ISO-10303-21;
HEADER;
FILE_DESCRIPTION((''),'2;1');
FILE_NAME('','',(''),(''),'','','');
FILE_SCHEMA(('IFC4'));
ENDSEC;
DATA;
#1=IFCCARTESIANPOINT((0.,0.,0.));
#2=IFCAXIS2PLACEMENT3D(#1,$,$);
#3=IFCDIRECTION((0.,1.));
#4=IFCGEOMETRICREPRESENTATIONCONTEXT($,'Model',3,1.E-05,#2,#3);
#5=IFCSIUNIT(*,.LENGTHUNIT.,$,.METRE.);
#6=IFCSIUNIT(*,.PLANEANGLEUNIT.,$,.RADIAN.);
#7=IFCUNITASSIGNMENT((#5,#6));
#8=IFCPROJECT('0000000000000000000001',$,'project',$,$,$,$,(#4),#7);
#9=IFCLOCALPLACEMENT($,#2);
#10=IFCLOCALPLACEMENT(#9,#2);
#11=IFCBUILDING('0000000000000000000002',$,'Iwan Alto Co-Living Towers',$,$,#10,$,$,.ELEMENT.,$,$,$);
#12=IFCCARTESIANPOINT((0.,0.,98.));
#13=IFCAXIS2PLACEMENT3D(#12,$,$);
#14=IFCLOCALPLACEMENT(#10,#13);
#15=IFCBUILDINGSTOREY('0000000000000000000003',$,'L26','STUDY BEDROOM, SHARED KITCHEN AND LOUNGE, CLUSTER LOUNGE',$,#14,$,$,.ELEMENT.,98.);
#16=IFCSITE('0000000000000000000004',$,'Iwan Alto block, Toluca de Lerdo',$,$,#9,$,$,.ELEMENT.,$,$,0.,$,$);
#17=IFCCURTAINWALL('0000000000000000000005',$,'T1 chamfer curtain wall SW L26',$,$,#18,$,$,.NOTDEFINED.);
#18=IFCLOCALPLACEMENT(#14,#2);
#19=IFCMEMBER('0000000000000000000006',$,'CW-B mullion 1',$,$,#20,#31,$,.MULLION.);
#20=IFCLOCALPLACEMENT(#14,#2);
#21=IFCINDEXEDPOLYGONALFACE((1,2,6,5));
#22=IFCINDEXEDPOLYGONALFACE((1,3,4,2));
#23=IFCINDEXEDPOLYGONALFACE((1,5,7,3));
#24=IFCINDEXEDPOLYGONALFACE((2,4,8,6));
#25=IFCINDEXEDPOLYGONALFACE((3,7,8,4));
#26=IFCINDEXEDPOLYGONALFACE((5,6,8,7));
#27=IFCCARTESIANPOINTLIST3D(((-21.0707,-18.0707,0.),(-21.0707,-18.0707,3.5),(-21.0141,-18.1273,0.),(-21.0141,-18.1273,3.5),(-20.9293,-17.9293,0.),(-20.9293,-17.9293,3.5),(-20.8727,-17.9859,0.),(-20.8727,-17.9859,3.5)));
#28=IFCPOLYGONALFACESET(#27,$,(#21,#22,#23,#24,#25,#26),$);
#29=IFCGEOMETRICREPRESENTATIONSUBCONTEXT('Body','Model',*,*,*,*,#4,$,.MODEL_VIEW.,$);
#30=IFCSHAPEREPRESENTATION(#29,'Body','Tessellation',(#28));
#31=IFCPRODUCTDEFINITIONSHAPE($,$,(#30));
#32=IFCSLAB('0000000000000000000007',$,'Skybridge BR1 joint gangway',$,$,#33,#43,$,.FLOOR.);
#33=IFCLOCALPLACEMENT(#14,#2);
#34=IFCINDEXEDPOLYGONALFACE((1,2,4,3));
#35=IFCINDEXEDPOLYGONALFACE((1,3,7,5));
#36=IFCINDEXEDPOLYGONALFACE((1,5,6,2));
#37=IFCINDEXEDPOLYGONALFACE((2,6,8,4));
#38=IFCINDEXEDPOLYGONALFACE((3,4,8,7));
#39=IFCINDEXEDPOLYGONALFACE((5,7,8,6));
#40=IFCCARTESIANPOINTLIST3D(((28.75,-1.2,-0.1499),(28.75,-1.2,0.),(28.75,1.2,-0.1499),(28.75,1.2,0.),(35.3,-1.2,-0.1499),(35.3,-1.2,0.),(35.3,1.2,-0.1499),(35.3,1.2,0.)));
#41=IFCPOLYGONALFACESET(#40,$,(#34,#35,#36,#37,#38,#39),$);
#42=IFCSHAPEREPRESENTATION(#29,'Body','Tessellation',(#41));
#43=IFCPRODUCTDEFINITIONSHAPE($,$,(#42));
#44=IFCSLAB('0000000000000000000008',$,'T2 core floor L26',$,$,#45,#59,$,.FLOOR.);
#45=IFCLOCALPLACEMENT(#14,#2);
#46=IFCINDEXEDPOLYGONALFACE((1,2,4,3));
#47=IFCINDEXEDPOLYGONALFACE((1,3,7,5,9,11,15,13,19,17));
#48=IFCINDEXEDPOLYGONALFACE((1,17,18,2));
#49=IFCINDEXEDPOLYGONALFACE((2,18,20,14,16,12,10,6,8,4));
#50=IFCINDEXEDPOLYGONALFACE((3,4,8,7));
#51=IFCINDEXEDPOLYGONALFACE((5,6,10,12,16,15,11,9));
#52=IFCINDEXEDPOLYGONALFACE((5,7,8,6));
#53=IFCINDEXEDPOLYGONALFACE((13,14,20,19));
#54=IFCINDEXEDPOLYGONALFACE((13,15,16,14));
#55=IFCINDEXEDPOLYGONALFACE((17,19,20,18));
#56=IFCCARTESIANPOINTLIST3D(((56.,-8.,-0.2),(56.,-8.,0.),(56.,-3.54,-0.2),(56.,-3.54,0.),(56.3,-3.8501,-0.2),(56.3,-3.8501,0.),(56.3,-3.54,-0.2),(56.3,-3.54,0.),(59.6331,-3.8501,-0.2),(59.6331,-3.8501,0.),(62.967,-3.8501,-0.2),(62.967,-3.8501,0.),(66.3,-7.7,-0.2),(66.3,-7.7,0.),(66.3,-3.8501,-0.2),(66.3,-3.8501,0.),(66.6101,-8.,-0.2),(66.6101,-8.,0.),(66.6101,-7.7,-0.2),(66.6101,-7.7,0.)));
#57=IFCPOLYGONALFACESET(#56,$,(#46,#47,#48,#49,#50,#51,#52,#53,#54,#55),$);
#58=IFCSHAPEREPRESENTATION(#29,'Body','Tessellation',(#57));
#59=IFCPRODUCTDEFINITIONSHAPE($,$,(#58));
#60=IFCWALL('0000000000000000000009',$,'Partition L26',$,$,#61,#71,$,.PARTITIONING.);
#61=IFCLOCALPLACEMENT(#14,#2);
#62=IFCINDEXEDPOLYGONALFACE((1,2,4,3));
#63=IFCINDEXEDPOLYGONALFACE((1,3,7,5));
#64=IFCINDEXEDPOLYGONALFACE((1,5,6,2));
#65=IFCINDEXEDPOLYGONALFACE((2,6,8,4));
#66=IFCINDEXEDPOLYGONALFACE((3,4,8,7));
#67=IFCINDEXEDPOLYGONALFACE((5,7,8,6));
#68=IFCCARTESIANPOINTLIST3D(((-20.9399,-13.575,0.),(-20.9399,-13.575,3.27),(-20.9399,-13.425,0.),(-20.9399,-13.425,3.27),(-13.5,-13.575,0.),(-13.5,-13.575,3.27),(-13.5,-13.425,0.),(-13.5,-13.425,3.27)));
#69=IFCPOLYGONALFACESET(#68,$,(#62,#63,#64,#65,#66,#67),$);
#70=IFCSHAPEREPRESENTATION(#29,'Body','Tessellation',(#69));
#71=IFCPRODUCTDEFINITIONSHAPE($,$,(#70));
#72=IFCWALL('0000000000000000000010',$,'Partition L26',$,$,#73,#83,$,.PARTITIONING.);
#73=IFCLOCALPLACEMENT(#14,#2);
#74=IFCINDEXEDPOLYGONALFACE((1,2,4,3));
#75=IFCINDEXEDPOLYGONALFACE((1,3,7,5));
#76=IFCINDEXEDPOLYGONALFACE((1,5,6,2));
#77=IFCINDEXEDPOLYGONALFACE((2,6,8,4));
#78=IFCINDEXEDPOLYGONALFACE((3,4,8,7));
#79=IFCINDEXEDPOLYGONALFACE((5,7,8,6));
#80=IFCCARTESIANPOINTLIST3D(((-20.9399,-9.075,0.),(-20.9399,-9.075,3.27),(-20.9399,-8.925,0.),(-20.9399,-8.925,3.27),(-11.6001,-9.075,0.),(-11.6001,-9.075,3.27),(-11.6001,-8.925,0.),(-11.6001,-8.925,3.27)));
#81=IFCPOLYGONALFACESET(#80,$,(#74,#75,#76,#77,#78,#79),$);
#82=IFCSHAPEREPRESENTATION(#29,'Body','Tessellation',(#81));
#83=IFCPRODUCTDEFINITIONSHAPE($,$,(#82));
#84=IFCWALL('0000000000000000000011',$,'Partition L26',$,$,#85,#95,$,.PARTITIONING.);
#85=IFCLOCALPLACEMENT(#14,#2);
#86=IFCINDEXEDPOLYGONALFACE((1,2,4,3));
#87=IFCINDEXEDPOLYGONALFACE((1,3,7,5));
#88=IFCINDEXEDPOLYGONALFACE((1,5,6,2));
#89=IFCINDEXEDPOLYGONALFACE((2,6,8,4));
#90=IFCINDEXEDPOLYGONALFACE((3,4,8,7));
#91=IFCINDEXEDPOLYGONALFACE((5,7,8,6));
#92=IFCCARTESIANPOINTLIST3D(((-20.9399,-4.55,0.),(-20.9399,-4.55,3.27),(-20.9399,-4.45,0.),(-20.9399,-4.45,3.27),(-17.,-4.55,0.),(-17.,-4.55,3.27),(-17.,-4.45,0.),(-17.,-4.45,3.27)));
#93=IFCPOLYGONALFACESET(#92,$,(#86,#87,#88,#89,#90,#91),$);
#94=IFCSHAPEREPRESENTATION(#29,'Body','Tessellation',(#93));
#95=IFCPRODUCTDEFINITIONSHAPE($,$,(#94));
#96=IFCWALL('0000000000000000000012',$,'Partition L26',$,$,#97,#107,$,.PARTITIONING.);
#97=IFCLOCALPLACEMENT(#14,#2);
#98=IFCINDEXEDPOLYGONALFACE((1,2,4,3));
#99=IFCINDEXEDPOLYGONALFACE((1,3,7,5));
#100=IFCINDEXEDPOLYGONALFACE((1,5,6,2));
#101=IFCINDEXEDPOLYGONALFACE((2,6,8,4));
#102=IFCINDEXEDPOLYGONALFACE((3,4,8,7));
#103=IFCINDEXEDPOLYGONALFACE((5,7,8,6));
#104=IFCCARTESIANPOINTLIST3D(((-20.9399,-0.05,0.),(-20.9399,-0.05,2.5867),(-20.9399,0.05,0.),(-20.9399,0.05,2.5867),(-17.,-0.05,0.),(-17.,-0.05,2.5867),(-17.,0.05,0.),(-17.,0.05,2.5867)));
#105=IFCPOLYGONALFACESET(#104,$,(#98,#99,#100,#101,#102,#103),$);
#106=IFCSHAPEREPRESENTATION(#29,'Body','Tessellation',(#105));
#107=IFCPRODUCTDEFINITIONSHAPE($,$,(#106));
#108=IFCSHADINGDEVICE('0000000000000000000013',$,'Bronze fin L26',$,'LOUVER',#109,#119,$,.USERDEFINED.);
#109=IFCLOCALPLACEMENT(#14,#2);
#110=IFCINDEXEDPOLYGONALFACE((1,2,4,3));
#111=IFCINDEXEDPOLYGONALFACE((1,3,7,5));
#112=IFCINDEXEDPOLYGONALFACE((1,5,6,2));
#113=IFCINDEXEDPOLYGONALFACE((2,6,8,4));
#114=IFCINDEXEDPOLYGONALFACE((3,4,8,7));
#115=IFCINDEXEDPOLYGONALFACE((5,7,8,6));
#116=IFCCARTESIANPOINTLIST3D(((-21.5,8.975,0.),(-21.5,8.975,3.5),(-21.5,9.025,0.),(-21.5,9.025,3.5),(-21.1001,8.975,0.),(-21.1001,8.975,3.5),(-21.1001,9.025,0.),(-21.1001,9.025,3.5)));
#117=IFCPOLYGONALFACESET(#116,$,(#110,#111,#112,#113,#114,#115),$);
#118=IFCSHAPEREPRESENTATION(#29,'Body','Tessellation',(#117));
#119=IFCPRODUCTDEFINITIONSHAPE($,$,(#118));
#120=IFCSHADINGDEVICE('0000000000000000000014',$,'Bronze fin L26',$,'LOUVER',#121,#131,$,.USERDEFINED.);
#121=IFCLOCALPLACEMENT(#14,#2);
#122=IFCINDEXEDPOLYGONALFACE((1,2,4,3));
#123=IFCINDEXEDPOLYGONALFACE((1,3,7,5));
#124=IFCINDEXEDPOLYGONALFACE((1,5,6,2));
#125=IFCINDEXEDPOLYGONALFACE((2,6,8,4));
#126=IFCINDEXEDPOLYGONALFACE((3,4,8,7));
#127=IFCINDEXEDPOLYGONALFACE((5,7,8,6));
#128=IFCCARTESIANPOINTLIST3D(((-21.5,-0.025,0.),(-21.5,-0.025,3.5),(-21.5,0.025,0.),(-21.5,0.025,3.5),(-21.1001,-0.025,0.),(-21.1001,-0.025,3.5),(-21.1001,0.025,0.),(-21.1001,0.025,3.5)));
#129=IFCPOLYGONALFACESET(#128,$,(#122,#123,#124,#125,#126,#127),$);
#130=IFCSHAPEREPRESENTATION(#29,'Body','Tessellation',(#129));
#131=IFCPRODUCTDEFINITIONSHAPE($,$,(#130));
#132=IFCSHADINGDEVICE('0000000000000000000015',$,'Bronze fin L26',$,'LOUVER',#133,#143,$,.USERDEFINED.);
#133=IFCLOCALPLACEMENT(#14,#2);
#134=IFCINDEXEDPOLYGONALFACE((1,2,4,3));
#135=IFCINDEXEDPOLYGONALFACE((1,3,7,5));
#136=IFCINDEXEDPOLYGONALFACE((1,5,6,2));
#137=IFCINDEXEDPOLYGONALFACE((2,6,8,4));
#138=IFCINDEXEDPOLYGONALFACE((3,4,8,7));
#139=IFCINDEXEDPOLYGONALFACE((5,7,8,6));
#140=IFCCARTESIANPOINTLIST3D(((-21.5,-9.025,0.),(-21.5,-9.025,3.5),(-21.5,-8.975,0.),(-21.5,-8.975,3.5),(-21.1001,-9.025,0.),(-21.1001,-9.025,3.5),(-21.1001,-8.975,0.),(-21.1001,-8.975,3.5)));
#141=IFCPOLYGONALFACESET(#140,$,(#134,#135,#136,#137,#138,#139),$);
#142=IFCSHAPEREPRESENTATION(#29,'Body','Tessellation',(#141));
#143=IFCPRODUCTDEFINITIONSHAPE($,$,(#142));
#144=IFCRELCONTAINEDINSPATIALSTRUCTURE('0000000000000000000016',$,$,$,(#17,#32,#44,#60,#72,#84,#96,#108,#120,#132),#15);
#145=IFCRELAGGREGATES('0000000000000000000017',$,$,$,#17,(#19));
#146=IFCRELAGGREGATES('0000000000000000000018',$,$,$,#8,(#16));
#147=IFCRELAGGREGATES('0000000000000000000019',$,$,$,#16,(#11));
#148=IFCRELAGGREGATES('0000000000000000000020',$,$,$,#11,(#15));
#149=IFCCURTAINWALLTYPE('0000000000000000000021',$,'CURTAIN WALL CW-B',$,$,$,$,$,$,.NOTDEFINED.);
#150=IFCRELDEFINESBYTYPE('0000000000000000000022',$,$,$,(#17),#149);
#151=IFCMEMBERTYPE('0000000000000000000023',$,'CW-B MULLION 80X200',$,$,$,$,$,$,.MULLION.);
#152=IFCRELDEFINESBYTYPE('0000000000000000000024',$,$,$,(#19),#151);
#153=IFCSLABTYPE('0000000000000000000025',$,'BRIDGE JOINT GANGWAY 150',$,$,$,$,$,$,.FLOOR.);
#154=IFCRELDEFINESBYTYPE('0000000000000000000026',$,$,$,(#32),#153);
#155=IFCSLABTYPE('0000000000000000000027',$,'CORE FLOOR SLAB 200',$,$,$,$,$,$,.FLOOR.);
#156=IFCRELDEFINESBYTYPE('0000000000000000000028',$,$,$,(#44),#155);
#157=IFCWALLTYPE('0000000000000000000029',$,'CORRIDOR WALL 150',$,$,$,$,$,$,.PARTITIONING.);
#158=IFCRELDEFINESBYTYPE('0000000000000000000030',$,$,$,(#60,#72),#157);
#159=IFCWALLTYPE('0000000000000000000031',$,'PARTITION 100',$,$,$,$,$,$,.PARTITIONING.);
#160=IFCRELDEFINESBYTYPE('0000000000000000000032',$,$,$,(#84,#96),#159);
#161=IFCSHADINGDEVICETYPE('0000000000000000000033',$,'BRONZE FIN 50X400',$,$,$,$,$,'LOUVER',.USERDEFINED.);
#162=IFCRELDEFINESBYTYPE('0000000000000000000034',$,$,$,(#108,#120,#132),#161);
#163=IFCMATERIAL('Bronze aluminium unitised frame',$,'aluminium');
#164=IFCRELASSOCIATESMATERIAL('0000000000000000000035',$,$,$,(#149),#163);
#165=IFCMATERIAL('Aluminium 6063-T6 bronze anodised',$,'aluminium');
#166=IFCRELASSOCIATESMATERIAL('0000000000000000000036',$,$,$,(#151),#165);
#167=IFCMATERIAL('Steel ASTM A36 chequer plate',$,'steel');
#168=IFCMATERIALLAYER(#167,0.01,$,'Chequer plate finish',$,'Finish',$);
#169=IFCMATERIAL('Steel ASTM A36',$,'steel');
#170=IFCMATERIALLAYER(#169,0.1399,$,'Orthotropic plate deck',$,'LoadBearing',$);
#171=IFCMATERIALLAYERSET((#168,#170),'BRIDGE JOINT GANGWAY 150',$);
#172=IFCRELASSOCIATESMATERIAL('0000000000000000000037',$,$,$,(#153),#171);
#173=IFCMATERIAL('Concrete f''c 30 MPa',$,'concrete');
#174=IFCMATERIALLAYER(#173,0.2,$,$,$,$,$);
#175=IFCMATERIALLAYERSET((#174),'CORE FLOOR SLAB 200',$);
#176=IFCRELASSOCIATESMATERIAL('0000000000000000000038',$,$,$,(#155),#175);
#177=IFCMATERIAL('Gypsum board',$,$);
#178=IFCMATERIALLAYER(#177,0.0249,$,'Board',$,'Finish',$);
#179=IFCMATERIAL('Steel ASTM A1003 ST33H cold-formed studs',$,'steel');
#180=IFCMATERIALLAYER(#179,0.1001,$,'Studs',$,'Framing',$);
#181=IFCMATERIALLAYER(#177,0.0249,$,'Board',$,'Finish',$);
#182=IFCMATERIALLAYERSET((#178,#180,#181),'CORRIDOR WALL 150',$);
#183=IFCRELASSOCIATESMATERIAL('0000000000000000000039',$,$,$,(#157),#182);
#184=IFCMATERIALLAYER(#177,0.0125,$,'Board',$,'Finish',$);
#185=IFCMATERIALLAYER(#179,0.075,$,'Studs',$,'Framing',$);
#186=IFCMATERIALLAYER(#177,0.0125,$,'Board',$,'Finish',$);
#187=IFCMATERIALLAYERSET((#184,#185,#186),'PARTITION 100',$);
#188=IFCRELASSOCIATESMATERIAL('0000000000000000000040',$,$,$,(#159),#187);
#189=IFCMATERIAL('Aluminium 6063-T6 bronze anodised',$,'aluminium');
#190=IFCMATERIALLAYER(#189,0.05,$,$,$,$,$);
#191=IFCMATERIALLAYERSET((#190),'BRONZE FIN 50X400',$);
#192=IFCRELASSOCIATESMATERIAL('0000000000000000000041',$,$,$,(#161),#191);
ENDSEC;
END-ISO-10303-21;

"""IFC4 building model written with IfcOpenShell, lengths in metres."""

from ifc_helpers import new_model, si_unit, direction, frame, frame_2d, origin, origin_2d, place, context, subcontext, project, spatial, polyline, rectangle, outline, extrude, material, layer, layer_set, material_profile, profile_set, type_object, element, aggregate, save


model = new_model("IFC4")

# Units and contexts
model_context = context("Model", 3, precision=1e-05, world=origin(), true_north=direction((0.0, 1.0)))
body_context = subcontext(model_context, "Body", "Model", "MODEL_VIEW")
ifc_project = project(units=[si_unit("LENGTHUNIT", "METRE"), si_unit("PLANEANGLEUNIT", "RADIAN")], contexts=[model_context])

# Site, building, storey
site_placement = place(None, origin())
site = spatial("IfcSite", under=ifc_project, at=site_placement, Name="Iwan Alto block, Toluca de Lerdo", CompositionType="ELEMENT", RefElevation=0.0)
building_placement = place(site_placement, origin())
building = spatial("IfcBuilding", under=site, at=building_placement, Name="Iwan Alto Co-Living Towers", CompositionType="ELEMENT")
storey_placement = place(building_placement, frame((0.0, 0.0, 98.0)))
storey = spatial("IfcBuildingStorey", under=building, at=storey_placement, Name="L26", Description="STUDY BEDROOM, SHARED KITCHEN AND LOUNGE, CLUSTER LOUNGE", CompositionType="ELEMENT", Elevation=98.0)

# Curtain wall, member
ifc_material_1 = material(Name="Bronze aluminium unitised frame", Category="aluminium")
curtain_wall_type_1 = type_object("IfcCurtainWallType", Name="CURTAIN WALL CW-B", PredefinedType="NOTDEFINED", material=ifc_material_1)
ifc_material_2 = material(Name="Aluminium 6063-T6 bronze anodised", Category="aluminium")
ifc_material_profile_1 = material_profile(ifc_material_2, rectangle(XDim=0.2, YDim=0.0801, at=origin_2d()), Name="AL 80X200")
ifc_profile_set_1 = profile_set([ifc_material_profile_1], Name="Aluminium 6063-T6 bronze anodised")
member_type_1 = type_object("IfcMemberType", Name="CW-B MULLION 80X200", PredefinedType="MULLION", material=ifc_profile_set_1)
curtain_wall_1_placement = place(storey_placement, origin())
curtain_wall_1 = element("IfcCurtainWall", 1, at=curtain_wall_1_placement, inside=storey, type_object=curtain_wall_type_1, Name="T1 chamfer curtain wall SW L26", PredefinedType="NOTDEFINED")
member_1_placement = place(storey_placement, frame((-20.9717, -18.0283, 0.0), z_axis=(0.0, 0.0, 1.0), x_axis=(0.707107, 0.707107, 0.0)))
member_1 = element("IfcMember", 2, at=member_1_placement, type_object=member_type_1, Name="CW-B mullion 1", PredefinedType="MULLION", context=body_context, shape_type="SweptSolid", body=[
    extrude(rectangle(XDim=0.2, YDim=0.0801, at=origin_2d()), origin(), (0.0, 0.0, 1.0), 3.5),
])
aggregate(curtain_wall_1, [member_1])

# Slabs
ifc_material_3 = material(Name="Steel ASTM A36 chequer plate", Category="steel")
ifc_layer_1 = layer(ifc_material_3, 0.01, Name="Chequer plate finish", Category="Finish")
ifc_material_4 = material(Name="Steel ASTM A36", Category="steel")
ifc_layer_2 = layer(ifc_material_4, 0.1399, Name="Orthotropic plate deck", Category="LoadBearing")
ifc_layer_set_1 = layer_set([ifc_layer_1, ifc_layer_2], Name="BRIDGE JOINT GANGWAY 150")
slab_type_1 = type_object("IfcSlabType", Name="BRIDGE JOINT GANGWAY 150", PredefinedType="FLOOR", material=ifc_layer_set_1)
slab_1_placement = place(storey_placement, frame((0.0, 0.0, -0.1499)))
element("IfcSlab", 3, at=slab_1_placement, inside=storey, type_object=slab_type_1, Name="Skybridge BR1 joint gangway", PredefinedType="FLOOR", context=body_context, shape_type="SweptSolid", body=[
    extrude(outline(polyline([(28.75, -1.2), (35.3, -1.2), (35.3, 1.2), (28.75, 1.2), (28.75, -1.2)])), origin(), (0.0, 0.0, 1.0), 0.1499),
])
ifc_material_5 = material(Name="Concrete f'c 30 MPa", Category="concrete")
ifc_layer_3 = layer(ifc_material_5, 0.2)
ifc_layer_set_2 = layer_set([ifc_layer_3], Name="CORE FLOOR SLAB 200")
slab_type_2 = type_object("IfcSlabType", Name="CORE FLOOR SLAB 200", PredefinedType="FLOOR", material=ifc_layer_set_2)
slab_2_placement = place(storey_placement, frame((0.0, 0.0, -0.2)))
element("IfcSlab", 4, at=slab_2_placement, inside=storey, type_object=slab_type_2, Name="T2 core floor L26", PredefinedType="FLOOR", context=body_context, shape_type="SweptSolid", body=[
    extrude(outline(polyline([(62.967, -3.8501), (66.3, -3.8501), (66.3, -7.7), (66.6101, -7.7), (66.6101, -8.0), (56.0, -8.0), (56.0, -3.54), (56.3, -3.54), (56.3, -3.8501), (59.6331, -3.8501), (62.967, -3.8501)])), origin(), (0.0, 0.0, 1.0), 0.2),
])

# Walls
ifc_material_6 = material(Name="Gypsum board")
ifc_layer_4 = layer(ifc_material_6, 0.0249, Name="Board", Category="Finish")
ifc_material_7 = material(Name="Steel ASTM A1003 ST33H cold-formed studs", Category="steel")
ifc_layer_5 = layer(ifc_material_7, 0.1001, Name="Studs", Category="Framing")
ifc_layer_6 = layer(ifc_material_6, 0.0249, Name="Board", Category="Finish")
ifc_layer_set_3 = layer_set([ifc_layer_4, ifc_layer_5, ifc_layer_6], Name="CORRIDOR WALL 150")
wall_type_1 = type_object("IfcWallType", Name="CORRIDOR WALL 150", PredefinedType="PARTITIONING", material=ifc_layer_set_3)
wall_1_placement = place(storey_placement, frame((-20.9399, -13.5, 0.0), z_axis=(0.0, 0.0, 1.0), x_axis=(1.0, 0.0, 0.0)))
element("IfcWall", 5, at=wall_1_placement, inside=storey, type_object=wall_type_1, Name="Partition L26", PredefinedType="PARTITIONING", context=body_context, shape_type="SweptSolid", body=[
    extrude(rectangle(XDim=7.4399, YDim=0.1499, at=frame_2d((3.72, 0.0))), origin(), (0.0, 0.0, 1.0), 3.27),
])
wall_2_placement = place(storey_placement, frame((-20.9399, -9.0, 0.0), z_axis=(0.0, 0.0, 1.0), x_axis=(1.0, 0.0, 0.0)))
element("IfcWall", 6, at=wall_2_placement, inside=storey, type_object=wall_type_1, Name="Partition L26", PredefinedType="PARTITIONING", context=body_context, shape_type="SweptSolid", body=[
    extrude(rectangle(XDim=9.3398, YDim=0.1499, at=frame_2d((4.6699, 0.0))), origin(), (0.0, 0.0, 1.0), 3.27),
])
ifc_layer_7 = layer(ifc_material_6, 0.0125, Name="Board", Category="Finish")
ifc_layer_8 = layer(ifc_material_7, 0.075, Name="Studs", Category="Framing")
ifc_layer_9 = layer(ifc_material_6, 0.0125, Name="Board", Category="Finish")
ifc_layer_set_4 = layer_set([ifc_layer_7, ifc_layer_8, ifc_layer_9], Name="PARTITION 100")
wall_type_2 = type_object("IfcWallType", Name="PARTITION 100", PredefinedType="PARTITIONING", material=ifc_layer_set_4)
wall_3_placement = place(storey_placement, frame((-20.9399, -4.5, 0.0), z_axis=(0.0, 0.0, 1.0), x_axis=(1.0, 0.0, 0.0)))
element("IfcWall", 7, at=wall_3_placement, inside=storey, type_object=wall_type_2, Name="Partition L26", PredefinedType="PARTITIONING", context=body_context, shape_type="SweptSolid", body=[
    extrude(rectangle(XDim=3.9399, YDim=0.1001, at=frame_2d((1.97, 0.0))), origin(), (0.0, 0.0, 1.0), 3.27),
])
wall_4_placement = place(storey_placement, frame((-20.9399, 0.0, 0.0), z_axis=(0.0, 0.0, 1.0), x_axis=(1.0, 0.0, 0.0)))
element("IfcWall", 8, at=wall_4_placement, inside=storey, type_object=wall_type_2, Name="Partition L26", PredefinedType="PARTITIONING", context=body_context, shape_type="SweptSolid", body=[
    extrude(rectangle(XDim=3.9399, YDim=0.1001, at=frame_2d((1.97, 0.0))), origin(), (0.0, 0.0, 1.0), 2.5867),
])

# Shading devices
ifc_material_8 = material(Name="Aluminium 6063-T6 bronze anodised", Category="aluminium")
ifc_layer_10 = layer(ifc_material_8, 0.05)
ifc_layer_set_5 = layer_set([ifc_layer_10], Name="BRONZE FIN 50X400")
shading_device_type = type_object("IfcShadingDeviceType", Name="BRONZE FIN 50X400", ElementType="LOUVER", PredefinedType="USERDEFINED", material=ifc_layer_set_5)
for number, where, z_axis, x_axis, name in (
    (9, (-21.3, 9.0, 0.0), (0.0, 0.0, 1.0), (0.0, -1.0, 0.0), "Bronze fin L26"),
    (10, (-21.3, 0.0, 0.0), (0.0, 0.0, 1.0), (0.0, -1.0, 0.0), "Bronze fin L26"),
    (11, (-21.3, -9.0, 0.0), (0.0, 0.0, 1.0), (0.0, -1.0, 0.0), "Bronze fin L26"),
):
    element("IfcShadingDevice", number, at=place(storey_placement, frame(where, z_axis=z_axis, x_axis=x_axis)), inside=storey, type_object=shading_device_type, Name=name, ObjectType="LOUVER", PredefinedType="USERDEFINED", context=body_context, shape_type="SweptSolid", body=[
        extrude(rectangle(XDim=0.05, YDim=0.3999, at=origin_2d()), origin(), (0.0, 0.0, 1.0), 3.5),
    ])

save(model, "model.ifc")
